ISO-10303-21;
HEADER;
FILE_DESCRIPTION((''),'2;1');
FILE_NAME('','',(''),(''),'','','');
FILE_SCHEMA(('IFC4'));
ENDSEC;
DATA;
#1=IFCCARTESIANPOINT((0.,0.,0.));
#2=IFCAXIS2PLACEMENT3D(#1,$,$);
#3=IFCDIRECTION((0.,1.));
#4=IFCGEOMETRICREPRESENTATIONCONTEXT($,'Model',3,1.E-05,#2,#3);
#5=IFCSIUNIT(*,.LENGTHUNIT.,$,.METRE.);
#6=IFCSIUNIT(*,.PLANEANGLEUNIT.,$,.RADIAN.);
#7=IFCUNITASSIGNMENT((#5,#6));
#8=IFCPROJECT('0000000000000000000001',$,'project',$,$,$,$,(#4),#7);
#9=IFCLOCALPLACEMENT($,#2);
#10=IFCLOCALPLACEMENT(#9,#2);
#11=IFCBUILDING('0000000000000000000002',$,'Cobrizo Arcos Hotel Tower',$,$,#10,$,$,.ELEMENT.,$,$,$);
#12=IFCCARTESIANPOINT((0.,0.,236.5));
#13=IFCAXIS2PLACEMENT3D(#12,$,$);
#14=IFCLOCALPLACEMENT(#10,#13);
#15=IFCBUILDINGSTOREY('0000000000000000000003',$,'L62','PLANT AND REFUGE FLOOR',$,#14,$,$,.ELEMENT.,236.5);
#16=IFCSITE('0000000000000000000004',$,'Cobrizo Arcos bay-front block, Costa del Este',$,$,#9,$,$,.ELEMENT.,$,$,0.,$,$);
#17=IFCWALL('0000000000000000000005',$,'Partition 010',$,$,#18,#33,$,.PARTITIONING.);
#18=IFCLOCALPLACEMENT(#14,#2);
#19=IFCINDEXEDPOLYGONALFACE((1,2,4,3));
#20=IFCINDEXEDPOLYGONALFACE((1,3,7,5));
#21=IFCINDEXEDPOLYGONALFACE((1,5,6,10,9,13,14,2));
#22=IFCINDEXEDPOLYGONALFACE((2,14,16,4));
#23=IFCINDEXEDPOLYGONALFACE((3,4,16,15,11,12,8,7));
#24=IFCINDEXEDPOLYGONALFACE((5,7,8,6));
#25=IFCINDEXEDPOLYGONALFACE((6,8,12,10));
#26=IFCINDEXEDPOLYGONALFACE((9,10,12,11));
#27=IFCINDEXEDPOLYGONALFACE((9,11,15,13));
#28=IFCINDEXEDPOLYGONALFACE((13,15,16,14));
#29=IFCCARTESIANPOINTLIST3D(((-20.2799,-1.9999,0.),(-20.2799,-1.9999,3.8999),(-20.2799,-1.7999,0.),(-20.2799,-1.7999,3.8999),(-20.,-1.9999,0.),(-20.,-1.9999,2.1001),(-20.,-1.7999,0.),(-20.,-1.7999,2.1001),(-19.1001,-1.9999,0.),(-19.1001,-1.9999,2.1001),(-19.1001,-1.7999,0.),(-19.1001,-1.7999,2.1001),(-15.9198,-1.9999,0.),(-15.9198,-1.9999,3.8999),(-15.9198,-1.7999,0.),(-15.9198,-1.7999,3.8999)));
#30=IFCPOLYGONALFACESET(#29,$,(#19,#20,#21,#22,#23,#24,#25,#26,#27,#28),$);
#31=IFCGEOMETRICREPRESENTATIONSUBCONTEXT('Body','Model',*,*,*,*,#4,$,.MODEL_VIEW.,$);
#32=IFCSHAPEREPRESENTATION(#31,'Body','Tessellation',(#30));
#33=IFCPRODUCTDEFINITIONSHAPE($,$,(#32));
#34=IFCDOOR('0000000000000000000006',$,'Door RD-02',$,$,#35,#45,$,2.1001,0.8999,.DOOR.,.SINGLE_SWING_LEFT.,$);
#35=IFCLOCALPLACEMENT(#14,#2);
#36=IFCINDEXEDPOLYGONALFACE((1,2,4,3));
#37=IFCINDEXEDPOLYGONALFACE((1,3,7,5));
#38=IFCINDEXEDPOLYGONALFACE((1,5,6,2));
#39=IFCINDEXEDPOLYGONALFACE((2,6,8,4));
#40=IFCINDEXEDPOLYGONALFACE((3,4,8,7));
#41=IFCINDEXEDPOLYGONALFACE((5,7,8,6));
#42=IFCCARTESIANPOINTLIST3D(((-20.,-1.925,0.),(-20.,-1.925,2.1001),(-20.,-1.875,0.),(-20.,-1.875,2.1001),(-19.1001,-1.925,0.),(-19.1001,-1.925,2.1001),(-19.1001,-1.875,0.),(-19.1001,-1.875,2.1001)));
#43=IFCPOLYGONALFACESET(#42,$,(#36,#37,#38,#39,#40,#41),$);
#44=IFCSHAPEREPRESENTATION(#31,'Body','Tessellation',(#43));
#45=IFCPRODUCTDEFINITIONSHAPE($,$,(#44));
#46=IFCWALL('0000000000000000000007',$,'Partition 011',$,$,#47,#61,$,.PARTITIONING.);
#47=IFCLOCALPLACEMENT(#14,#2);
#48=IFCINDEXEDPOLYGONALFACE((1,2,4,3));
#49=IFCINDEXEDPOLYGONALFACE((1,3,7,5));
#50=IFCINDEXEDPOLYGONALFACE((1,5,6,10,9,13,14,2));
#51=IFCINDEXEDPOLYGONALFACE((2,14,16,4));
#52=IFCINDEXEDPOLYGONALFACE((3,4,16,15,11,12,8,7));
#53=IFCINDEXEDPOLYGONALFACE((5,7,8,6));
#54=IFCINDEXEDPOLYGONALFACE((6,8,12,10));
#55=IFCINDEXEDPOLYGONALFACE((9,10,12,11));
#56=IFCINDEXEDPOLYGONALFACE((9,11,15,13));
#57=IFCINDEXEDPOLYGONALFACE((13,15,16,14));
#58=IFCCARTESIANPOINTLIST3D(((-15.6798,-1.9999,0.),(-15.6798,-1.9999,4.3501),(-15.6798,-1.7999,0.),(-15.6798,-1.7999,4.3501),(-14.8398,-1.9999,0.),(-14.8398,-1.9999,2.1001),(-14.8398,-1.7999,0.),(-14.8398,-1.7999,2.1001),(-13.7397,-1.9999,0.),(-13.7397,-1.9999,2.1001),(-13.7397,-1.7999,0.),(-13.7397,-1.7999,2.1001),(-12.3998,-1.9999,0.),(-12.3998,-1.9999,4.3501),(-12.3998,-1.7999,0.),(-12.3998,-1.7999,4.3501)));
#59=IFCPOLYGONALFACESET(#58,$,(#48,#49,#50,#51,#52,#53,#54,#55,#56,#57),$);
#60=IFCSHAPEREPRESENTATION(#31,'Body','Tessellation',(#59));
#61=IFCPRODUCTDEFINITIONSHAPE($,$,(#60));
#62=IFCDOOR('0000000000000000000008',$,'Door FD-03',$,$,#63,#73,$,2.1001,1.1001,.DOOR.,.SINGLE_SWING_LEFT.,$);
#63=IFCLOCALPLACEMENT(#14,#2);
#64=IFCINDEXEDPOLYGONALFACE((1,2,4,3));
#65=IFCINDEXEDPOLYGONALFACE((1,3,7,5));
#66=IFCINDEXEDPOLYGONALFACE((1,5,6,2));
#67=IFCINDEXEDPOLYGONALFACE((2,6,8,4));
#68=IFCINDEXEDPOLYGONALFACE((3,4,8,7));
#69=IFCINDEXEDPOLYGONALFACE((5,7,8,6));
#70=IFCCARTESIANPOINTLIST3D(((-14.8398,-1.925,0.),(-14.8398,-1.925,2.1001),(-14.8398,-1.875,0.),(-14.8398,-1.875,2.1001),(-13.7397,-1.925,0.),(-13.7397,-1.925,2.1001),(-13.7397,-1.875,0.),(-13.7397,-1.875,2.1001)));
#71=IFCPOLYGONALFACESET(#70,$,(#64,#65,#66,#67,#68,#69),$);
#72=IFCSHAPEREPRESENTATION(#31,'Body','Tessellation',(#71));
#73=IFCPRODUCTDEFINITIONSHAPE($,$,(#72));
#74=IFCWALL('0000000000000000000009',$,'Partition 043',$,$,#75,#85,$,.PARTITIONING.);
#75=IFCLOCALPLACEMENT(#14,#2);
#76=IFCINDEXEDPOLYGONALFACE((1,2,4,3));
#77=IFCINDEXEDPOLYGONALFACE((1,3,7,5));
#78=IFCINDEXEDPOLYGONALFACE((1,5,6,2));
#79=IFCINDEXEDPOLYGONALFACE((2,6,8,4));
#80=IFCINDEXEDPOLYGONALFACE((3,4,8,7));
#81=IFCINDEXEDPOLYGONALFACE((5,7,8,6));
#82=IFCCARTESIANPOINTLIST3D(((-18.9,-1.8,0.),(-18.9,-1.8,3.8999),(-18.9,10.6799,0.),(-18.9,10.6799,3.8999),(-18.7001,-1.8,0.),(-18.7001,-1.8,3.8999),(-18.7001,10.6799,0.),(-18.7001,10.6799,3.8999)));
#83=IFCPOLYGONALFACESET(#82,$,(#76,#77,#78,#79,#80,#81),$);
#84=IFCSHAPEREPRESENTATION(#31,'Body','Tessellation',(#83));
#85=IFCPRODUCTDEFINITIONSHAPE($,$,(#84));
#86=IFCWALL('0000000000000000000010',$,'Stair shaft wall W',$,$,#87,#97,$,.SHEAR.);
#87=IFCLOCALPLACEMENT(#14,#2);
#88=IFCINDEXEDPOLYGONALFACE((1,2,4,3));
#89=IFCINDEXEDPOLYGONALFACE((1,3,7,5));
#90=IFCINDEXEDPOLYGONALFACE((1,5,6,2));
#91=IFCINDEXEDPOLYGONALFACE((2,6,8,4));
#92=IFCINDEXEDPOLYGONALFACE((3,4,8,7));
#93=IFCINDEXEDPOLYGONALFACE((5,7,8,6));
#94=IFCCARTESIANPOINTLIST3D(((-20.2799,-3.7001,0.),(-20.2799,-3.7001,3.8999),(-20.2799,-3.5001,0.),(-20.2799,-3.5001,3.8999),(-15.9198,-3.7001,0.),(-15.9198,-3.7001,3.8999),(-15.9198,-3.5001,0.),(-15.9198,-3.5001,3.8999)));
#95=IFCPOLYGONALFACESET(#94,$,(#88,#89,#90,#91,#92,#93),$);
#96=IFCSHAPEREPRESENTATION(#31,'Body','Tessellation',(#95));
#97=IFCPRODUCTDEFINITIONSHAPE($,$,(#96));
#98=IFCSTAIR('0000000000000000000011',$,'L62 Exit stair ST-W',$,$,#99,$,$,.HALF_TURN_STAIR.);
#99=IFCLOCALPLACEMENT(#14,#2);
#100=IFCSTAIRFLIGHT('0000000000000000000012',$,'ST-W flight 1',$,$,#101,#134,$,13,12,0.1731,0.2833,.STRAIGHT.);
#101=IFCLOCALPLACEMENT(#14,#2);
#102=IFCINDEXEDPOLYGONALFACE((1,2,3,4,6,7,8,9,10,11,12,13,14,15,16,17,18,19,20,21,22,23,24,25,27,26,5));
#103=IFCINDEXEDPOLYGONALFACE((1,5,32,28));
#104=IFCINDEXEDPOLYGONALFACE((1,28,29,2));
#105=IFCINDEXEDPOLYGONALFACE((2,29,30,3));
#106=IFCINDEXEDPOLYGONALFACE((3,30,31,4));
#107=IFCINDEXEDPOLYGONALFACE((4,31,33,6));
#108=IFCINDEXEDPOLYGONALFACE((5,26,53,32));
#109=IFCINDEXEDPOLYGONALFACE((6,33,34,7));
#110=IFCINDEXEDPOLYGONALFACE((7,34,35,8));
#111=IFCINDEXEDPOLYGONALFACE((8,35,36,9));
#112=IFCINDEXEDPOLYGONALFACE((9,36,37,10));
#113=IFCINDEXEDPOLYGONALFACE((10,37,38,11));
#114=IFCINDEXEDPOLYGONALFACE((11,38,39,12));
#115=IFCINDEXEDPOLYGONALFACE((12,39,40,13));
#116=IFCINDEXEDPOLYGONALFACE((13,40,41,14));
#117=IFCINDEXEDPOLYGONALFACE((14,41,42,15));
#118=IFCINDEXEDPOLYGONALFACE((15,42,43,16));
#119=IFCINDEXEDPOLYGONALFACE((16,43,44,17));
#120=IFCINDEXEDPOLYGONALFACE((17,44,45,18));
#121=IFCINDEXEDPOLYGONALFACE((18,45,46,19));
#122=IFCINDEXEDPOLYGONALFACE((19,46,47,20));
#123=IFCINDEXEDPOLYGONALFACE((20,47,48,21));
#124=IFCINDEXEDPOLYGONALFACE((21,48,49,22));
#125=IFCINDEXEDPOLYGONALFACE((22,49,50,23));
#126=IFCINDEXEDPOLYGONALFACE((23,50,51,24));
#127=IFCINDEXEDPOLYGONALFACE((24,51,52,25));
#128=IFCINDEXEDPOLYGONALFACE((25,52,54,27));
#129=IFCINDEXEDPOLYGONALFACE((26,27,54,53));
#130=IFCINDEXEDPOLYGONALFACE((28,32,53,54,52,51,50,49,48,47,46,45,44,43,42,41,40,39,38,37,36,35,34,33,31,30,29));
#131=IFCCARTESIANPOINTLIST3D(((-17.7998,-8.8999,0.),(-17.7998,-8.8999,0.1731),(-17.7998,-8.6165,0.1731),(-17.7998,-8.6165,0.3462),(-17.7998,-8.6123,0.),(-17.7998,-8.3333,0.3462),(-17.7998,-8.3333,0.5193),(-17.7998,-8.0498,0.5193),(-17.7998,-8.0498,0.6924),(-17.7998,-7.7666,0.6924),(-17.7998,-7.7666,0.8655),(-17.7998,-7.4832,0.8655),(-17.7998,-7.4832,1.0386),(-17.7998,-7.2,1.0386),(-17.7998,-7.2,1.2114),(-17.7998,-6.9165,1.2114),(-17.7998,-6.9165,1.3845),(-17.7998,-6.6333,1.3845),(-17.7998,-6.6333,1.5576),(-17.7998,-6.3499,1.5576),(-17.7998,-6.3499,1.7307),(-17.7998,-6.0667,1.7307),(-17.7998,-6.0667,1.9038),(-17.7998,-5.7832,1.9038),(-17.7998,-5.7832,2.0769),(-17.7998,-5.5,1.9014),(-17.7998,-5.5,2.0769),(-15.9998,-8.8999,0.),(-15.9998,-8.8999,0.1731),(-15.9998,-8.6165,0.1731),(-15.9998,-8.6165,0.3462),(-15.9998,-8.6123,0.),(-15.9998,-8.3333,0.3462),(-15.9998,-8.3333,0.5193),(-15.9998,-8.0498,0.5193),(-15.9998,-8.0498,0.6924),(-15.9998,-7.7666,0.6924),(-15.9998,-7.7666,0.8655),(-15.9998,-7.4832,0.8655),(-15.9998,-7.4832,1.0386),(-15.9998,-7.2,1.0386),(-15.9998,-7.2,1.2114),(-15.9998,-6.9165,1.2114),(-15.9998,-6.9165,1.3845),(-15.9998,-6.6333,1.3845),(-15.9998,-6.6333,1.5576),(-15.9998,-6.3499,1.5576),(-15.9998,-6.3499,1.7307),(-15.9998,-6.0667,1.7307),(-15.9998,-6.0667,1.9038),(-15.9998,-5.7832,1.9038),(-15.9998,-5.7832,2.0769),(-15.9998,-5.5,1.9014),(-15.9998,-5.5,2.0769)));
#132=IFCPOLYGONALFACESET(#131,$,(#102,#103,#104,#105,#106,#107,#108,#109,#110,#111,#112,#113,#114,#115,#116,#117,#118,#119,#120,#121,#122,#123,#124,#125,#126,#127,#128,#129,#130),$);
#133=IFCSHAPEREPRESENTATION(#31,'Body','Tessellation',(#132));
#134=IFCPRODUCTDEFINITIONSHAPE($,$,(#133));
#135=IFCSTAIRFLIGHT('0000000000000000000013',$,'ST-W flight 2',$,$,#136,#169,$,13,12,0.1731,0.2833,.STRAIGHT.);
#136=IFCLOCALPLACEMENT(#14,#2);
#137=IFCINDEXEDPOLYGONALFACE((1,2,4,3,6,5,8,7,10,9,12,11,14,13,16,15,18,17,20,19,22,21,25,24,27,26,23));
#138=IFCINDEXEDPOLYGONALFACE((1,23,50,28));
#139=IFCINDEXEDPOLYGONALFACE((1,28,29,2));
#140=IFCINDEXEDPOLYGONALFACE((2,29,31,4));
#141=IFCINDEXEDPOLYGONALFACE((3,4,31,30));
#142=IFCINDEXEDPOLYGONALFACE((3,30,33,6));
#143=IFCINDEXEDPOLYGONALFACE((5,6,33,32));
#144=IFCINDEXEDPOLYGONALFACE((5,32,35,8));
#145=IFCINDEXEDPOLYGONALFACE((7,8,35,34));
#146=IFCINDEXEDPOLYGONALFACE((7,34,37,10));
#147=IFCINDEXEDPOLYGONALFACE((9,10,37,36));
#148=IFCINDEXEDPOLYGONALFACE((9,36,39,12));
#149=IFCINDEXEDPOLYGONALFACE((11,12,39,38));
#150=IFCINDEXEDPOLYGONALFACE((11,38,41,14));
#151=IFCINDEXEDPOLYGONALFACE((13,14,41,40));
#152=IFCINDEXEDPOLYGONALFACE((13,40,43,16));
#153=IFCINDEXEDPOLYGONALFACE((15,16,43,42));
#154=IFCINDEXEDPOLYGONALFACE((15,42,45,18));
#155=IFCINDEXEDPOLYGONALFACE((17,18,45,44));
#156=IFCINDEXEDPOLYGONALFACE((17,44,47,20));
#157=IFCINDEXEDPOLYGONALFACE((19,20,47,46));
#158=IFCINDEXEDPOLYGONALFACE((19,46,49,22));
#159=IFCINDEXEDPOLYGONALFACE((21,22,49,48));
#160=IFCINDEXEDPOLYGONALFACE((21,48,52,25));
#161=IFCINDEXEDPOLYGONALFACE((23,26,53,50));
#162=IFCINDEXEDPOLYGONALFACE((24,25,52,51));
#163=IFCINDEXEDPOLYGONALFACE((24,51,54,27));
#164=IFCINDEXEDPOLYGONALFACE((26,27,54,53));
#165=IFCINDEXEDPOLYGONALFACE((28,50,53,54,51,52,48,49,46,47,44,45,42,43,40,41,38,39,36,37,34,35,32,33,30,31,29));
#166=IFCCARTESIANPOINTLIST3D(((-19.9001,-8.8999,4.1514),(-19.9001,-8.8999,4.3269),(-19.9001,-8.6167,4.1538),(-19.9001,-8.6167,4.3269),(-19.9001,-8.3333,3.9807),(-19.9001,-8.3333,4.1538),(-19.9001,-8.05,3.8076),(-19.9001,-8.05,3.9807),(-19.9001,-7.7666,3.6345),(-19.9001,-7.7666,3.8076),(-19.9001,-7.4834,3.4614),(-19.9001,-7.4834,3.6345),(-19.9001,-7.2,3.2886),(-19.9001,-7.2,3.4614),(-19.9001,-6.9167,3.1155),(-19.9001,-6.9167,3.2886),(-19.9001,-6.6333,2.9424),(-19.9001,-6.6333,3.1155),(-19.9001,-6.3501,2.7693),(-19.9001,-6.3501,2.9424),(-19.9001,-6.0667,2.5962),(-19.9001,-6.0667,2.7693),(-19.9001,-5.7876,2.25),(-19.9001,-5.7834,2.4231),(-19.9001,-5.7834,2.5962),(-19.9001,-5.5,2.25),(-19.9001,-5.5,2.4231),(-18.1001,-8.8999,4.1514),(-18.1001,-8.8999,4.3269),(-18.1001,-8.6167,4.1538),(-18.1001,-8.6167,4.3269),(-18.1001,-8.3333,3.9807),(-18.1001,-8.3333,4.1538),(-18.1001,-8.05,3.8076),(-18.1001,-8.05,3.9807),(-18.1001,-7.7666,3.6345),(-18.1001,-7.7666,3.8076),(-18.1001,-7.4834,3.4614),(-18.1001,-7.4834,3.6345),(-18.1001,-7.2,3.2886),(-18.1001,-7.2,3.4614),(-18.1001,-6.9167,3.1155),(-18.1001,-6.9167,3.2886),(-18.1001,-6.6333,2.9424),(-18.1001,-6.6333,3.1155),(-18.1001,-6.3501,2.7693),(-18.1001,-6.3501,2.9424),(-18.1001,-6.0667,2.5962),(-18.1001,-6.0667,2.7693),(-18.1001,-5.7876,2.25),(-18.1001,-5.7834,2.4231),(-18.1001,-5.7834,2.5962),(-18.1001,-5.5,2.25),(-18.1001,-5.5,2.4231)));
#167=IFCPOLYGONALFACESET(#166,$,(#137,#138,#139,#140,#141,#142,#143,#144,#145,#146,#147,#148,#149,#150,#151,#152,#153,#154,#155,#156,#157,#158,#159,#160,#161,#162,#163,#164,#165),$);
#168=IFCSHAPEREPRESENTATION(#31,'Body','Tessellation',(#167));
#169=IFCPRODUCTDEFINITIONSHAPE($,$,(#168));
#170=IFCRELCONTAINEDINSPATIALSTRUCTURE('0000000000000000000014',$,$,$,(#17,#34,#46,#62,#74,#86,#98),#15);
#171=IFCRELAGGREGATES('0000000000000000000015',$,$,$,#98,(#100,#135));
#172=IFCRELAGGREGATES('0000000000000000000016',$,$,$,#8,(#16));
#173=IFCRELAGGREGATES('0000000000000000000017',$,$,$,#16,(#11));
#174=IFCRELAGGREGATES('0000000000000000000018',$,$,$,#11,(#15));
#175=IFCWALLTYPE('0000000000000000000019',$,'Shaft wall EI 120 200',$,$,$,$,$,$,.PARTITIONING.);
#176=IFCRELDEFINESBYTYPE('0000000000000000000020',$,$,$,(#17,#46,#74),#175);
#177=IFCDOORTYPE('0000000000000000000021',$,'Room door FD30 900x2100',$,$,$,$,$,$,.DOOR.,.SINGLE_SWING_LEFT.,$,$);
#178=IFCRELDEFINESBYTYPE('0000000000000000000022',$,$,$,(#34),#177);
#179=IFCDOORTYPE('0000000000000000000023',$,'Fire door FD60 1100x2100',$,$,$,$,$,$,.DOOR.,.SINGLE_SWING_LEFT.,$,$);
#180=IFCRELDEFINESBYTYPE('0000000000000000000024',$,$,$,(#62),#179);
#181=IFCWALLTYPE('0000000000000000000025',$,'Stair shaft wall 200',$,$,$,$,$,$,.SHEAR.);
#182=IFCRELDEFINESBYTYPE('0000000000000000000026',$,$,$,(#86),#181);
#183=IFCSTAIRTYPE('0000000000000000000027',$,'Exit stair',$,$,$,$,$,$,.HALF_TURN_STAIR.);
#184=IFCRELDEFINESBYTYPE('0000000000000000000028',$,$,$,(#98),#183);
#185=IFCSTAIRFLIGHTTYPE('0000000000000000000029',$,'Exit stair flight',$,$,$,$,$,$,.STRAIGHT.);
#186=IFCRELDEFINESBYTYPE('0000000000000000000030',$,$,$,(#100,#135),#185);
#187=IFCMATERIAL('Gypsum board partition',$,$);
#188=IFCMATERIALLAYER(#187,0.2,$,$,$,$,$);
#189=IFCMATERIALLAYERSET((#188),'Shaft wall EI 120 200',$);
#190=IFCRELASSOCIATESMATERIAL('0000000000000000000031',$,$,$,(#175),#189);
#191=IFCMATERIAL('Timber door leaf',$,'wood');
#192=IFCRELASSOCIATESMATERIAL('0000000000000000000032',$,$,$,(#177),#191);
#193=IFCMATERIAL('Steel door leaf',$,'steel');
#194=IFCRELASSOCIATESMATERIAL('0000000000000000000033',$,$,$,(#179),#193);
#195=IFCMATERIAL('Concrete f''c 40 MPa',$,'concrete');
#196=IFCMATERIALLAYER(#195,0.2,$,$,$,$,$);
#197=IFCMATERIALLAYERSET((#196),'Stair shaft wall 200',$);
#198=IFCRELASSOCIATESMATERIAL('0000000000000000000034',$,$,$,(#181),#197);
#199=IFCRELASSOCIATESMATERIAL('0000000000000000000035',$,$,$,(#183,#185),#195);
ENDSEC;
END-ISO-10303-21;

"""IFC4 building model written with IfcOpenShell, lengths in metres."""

from ifc_helpers import new_model, si_unit, direction, frame, frame_2d, origin, place, context, subcontext, project, spatial, polyline, rectangle, outline, extrude, material, layer, layer_set, type_object, element, fill, aggregate, save


model = new_model("IFC4")

# Units and contexts
model_context = context("Model", 3, precision=1e-05, world=origin(), true_north=direction((0.0, 1.0)))
body_context = subcontext(model_context, "Body", "Model", "MODEL_VIEW")
ifc_project = project(units=[si_unit("LENGTHUNIT", "METRE"), si_unit("PLANEANGLEUNIT", "RADIAN")], contexts=[model_context])

# Site, building, storey
site_placement = place(None, origin())
site = spatial("IfcSite", under=ifc_project, at=site_placement, Name="Cobrizo Arcos bay-front block, Costa del Este", CompositionType="ELEMENT", RefElevation=0.0)
building_placement = place(site_placement, origin())
building = spatial("IfcBuilding", under=site, at=building_placement, Name="Cobrizo Arcos Hotel Tower", CompositionType="ELEMENT")
storey_placement = place(building_placement, frame((0.0, 0.0, 236.5)))
storey = spatial("IfcBuildingStorey", under=building, at=storey_placement, Name="L62", Description="PLANT AND REFUGE FLOOR", CompositionType="ELEMENT", Elevation=236.5)

# Walls, openings, doors
ifc_material_1 = material(Name="Gypsum board partition")
ifc_layer_1 = layer(ifc_material_1, 0.2)
ifc_layer_set_1 = layer_set([ifc_layer_1], Name="Shaft wall EI 120 200")
wall_type_1 = type_object("IfcWallType", Name="Shaft wall EI 120 200", PredefinedType="PARTITIONING", material=ifc_layer_set_1)
wall_1_placement = place(storey_placement, frame((-20.28, -1.8999, 0.0), z_axis=(0.0, 0.0, 1.0), x_axis=(1.0, 0.0, 0.0)))
wall_1 = element("IfcWall", 1, at=wall_1_placement, inside=storey, type_object=wall_type_1, Name="Partition 010", PredefinedType="PARTITIONING", context=body_context, shape_type="SweptSolid", body=[
    extrude(rectangle(XDim=4.3601, YDim=0.2, at=frame_2d((2.1802, 0.0))), origin(), (0.0, 0.0, 1.0), 3.8999),
])
opening_1_placement = place(wall_1_placement, frame((0.28, 0.0, 0.0)))
opening_1 = element("IfcOpeningElement", 2, at=opening_1_placement, cuts=wall_1, PredefinedType="OPENING", context=body_context, shape_type="SweptSolid", body=[
    extrude(rectangle(XDim=0.8999, YDim=2.1001, at=frame_2d((0.45, 1.05))), frame((0.0, 0.1121, 0.0), z_axis=(0.0, -1.0, 0.0), x_axis=(1.0, 0.0, 0.0)), (0.0, 0.0, 1.0), 0.2239),
])
ifc_material_2 = material(Name="Timber door leaf", Category="wood")
door_type_1 = type_object("IfcDoorType", Name="Room door FD30 900x2100", OperationType="SINGLE_SWING_LEFT", PredefinedType="DOOR", material=ifc_material_2)
door_1_placement = place(opening_1_placement, origin())
door_1 = element("IfcDoor", 3, at=door_1_placement, inside=storey, type_object=door_type_1, Name="Door RD-02", OperationType="SINGLE_SWING_LEFT", OverallHeight=2.1001, OverallWidth=0.8999, PredefinedType="DOOR", context=body_context, shape_type="SweptSolid", body=[
    extrude(rectangle(XDim=0.8999, YDim=2.1001, at=frame_2d((0.45, 1.05))), frame((0.0, 0.0249, 0.0), z_axis=(0.0, -1.0, 0.0), x_axis=(1.0, 0.0, 0.0)), (0.0, 0.0, 1.0), 0.05),
])
fill(opening_1, door_1)
wall_2_placement = place(storey_placement, frame((-15.6799, -1.8999, 0.0), z_axis=(0.0, 0.0, 1.0), x_axis=(1.0, 0.0, 0.0)))
wall_2 = element("IfcWall", 4, at=wall_2_placement, inside=storey, type_object=wall_type_1, Name="Partition 011", PredefinedType="PARTITIONING", context=body_context, shape_type="SweptSolid", body=[
    extrude(rectangle(XDim=3.28, YDim=0.2, at=frame_2d((1.6401, 0.0))), origin(), (0.0, 0.0, 1.0), 4.3501),
])
opening_2_placement = place(wall_2_placement, frame((0.8401, 0.0, 0.0)))
opening_2 = element("IfcOpeningElement", 5, at=opening_2_placement, cuts=wall_2, PredefinedType="OPENING", context=body_context, shape_type="SweptSolid", body=[
    extrude(rectangle(XDim=1.1001, YDim=2.1001, at=frame_2d((0.55, 1.05))), frame((0.0, 0.1121, 0.0), z_axis=(0.0, -1.0, 0.0), x_axis=(1.0, 0.0, 0.0)), (0.0, 0.0, 1.0), 0.2239),
])
ifc_material_3 = material(Name="Steel door leaf", Category="steel")
door_type_2 = type_object("IfcDoorType", Name="Fire door FD60 1100x2100", OperationType="SINGLE_SWING_LEFT", PredefinedType="DOOR", material=ifc_material_3)
door_2_placement = place(opening_2_placement, origin())
door_2 = element("IfcDoor", 6, at=door_2_placement, inside=storey, type_object=door_type_2, Name="Door FD-03", OperationType="SINGLE_SWING_LEFT", OverallHeight=2.1001, OverallWidth=1.1001, PredefinedType="DOOR", context=body_context, shape_type="SweptSolid", body=[
    extrude(rectangle(XDim=1.1001, YDim=2.1001, at=frame_2d((0.55, 1.05))), frame((0.0, 0.0249, 0.0), z_axis=(0.0, -1.0, 0.0), x_axis=(1.0, 0.0, 0.0)), (0.0, 0.0, 1.0), 0.05),
])
fill(opening_2, door_2)

# Walls
wall_3_placement = place(storey_placement, frame((-18.8, -1.8, 0.0), z_axis=(0.0, 0.0, 1.0), x_axis=(0.0, 1.0, 0.0)))
element("IfcWall", 7, at=wall_3_placement, inside=storey, type_object=wall_type_1, Name="Partition 043", PredefinedType="PARTITIONING", context=body_context, shape_type="SweptSolid", body=[
    extrude(rectangle(XDim=12.48, YDim=0.2, at=frame_2d((6.24, 0.0))), origin(), (0.0, 0.0, 1.0), 3.8999),
])
ifc_material_4 = material(Name="Concrete f'c 40 MPa", Category="concrete")
ifc_layer_2 = layer(ifc_material_4, 0.2)
ifc_layer_set_2 = layer_set([ifc_layer_2], Name="Stair shaft wall 200")
wall_type_2 = type_object("IfcWallType", Name="Stair shaft wall 200", PredefinedType="SHEAR", material=ifc_layer_set_2)
wall_4_placement = place(storey_placement, frame((-20.28, -3.6001, 0.0), z_axis=(0.0, 0.0, 1.0), x_axis=(1.0, 0.0, 0.0)))
element("IfcWall", 8, at=wall_4_placement, inside=storey, type_object=wall_type_2, Name="Stair shaft wall W", PredefinedType="SHEAR", context=body_context, shape_type="SweptSolid", body=[
    extrude(rectangle(XDim=4.3601, YDim=0.2, at=frame_2d((2.1802, 0.0))), origin(), (0.0, 0.0, 1.0), 3.8999),
])

# Stair, stair flights
stair_type = type_object("IfcStairType", Name="Exit stair", PredefinedType="HALF_TURN_STAIR", material=ifc_material_4)
stair_placement = place(storey_placement, origin())
stair = element("IfcStair", 9, at=stair_placement, inside=storey, type_object=stair_type, Name="L62 Exit stair ST-W", PredefinedType="HALF_TURN_STAIR")
stair_flight_type = type_object("IfcStairFlightType", Name="Exit stair flight", PredefinedType="STRAIGHT", material=ifc_material_4)
stair_flight_1_placement = place(storey_placement, frame((-16.8999, -8.8999, 0.0), z_axis=(0.0, 0.0, 1.0), x_axis=(0.0, 1.0, 0.0)))
stair_flight_1 = element("IfcStairFlight", 10, at=stair_flight_1_placement, type_object=stair_flight_type, Name="ST-W flight 1", NumberOfRisers=13, NumberOfTreads=12, PredefinedType="STRAIGHT", RiserHeight=0.1731, TreadLength=0.2833, context=body_context, shape_type="SweptSolid", body=[
    extrude(outline(polyline([(0.0, 0.0), (0.0, 0.1731), (0.2834, 0.1731), (0.2834, 0.3462), (0.5667, 0.3462), (0.5667, 0.5193), (0.8501, 0.5193), (0.8501, 0.6924), (1.1333, 0.6924), (1.1333, 0.8655), (1.4167, 0.8655), (1.4167, 1.0386), (1.7, 1.0386), (1.7, 1.2114), (1.9834, 1.2114), (1.9834, 1.3845), (2.2666, 1.3845), (2.2666, 1.5576), (2.55, 1.5576), (2.55, 1.7307), (2.8333, 1.7307), (2.8333, 1.9038), (3.1167, 1.9038), (3.1167, 2.0769), (3.3999, 2.0769), (3.3999, 2.25), (3.3999, 1.9014), (0.2876, 0.0), (0.0, 0.0)])), frame((0.0, 0.8999, 0.0), z_axis=(0.0, -1.0, 0.0), x_axis=(1.0, 0.0, 0.0)), (0.0, 0.0, 1.0), 1.8),
])
stair_flight_2_placement = place(storey_placement, frame((-19.0, -5.5, 2.25), z_axis=(0.0, 0.0, 1.0), x_axis=(0.0, -1.0, 0.0)))
stair_flight_2 = element("IfcStairFlight", 11, at=stair_flight_2_placement, type_object=stair_flight_type, Name="ST-W flight 2", NumberOfRisers=13, NumberOfTreads=12, PredefinedType="STRAIGHT", RiserHeight=0.1731, TreadLength=0.2833, context=body_context, shape_type="SweptSolid", body=[
    extrude(outline(polyline([(0.0, 0.0), (0.0, 0.1731), (0.2834, 0.1731), (0.2834, 0.3462), (0.5667, 0.3462), (0.5667, 0.5193), (0.8501, 0.5193), (0.8501, 0.6924), (1.1333, 0.6924), (1.1333, 0.8655), (1.4167, 0.8655), (1.4167, 1.0386), (1.7, 1.0386), (1.7, 1.2114), (1.9834, 1.2114), (1.9834, 1.3845), (2.2666, 1.3845), (2.2666, 1.5576), (2.55, 1.5576), (2.55, 1.7307), (2.8333, 1.7307), (2.8333, 1.9038), (3.1167, 1.9038), (3.1167, 2.0769), (3.3999, 2.0769), (3.3999, 2.25), (3.3999, 1.9014), (0.2876, 0.0), (0.0, 0.0)])), frame((0.0, 0.8999, 0.0), z_axis=(0.0, -1.0, 0.0), x_axis=(1.0, 0.0, 0.0)), (0.0, 0.0, 1.0), 1.8),
])
aggregate(stair, [stair_flight_1, stair_flight_2])

save(model, "model.ifc")
